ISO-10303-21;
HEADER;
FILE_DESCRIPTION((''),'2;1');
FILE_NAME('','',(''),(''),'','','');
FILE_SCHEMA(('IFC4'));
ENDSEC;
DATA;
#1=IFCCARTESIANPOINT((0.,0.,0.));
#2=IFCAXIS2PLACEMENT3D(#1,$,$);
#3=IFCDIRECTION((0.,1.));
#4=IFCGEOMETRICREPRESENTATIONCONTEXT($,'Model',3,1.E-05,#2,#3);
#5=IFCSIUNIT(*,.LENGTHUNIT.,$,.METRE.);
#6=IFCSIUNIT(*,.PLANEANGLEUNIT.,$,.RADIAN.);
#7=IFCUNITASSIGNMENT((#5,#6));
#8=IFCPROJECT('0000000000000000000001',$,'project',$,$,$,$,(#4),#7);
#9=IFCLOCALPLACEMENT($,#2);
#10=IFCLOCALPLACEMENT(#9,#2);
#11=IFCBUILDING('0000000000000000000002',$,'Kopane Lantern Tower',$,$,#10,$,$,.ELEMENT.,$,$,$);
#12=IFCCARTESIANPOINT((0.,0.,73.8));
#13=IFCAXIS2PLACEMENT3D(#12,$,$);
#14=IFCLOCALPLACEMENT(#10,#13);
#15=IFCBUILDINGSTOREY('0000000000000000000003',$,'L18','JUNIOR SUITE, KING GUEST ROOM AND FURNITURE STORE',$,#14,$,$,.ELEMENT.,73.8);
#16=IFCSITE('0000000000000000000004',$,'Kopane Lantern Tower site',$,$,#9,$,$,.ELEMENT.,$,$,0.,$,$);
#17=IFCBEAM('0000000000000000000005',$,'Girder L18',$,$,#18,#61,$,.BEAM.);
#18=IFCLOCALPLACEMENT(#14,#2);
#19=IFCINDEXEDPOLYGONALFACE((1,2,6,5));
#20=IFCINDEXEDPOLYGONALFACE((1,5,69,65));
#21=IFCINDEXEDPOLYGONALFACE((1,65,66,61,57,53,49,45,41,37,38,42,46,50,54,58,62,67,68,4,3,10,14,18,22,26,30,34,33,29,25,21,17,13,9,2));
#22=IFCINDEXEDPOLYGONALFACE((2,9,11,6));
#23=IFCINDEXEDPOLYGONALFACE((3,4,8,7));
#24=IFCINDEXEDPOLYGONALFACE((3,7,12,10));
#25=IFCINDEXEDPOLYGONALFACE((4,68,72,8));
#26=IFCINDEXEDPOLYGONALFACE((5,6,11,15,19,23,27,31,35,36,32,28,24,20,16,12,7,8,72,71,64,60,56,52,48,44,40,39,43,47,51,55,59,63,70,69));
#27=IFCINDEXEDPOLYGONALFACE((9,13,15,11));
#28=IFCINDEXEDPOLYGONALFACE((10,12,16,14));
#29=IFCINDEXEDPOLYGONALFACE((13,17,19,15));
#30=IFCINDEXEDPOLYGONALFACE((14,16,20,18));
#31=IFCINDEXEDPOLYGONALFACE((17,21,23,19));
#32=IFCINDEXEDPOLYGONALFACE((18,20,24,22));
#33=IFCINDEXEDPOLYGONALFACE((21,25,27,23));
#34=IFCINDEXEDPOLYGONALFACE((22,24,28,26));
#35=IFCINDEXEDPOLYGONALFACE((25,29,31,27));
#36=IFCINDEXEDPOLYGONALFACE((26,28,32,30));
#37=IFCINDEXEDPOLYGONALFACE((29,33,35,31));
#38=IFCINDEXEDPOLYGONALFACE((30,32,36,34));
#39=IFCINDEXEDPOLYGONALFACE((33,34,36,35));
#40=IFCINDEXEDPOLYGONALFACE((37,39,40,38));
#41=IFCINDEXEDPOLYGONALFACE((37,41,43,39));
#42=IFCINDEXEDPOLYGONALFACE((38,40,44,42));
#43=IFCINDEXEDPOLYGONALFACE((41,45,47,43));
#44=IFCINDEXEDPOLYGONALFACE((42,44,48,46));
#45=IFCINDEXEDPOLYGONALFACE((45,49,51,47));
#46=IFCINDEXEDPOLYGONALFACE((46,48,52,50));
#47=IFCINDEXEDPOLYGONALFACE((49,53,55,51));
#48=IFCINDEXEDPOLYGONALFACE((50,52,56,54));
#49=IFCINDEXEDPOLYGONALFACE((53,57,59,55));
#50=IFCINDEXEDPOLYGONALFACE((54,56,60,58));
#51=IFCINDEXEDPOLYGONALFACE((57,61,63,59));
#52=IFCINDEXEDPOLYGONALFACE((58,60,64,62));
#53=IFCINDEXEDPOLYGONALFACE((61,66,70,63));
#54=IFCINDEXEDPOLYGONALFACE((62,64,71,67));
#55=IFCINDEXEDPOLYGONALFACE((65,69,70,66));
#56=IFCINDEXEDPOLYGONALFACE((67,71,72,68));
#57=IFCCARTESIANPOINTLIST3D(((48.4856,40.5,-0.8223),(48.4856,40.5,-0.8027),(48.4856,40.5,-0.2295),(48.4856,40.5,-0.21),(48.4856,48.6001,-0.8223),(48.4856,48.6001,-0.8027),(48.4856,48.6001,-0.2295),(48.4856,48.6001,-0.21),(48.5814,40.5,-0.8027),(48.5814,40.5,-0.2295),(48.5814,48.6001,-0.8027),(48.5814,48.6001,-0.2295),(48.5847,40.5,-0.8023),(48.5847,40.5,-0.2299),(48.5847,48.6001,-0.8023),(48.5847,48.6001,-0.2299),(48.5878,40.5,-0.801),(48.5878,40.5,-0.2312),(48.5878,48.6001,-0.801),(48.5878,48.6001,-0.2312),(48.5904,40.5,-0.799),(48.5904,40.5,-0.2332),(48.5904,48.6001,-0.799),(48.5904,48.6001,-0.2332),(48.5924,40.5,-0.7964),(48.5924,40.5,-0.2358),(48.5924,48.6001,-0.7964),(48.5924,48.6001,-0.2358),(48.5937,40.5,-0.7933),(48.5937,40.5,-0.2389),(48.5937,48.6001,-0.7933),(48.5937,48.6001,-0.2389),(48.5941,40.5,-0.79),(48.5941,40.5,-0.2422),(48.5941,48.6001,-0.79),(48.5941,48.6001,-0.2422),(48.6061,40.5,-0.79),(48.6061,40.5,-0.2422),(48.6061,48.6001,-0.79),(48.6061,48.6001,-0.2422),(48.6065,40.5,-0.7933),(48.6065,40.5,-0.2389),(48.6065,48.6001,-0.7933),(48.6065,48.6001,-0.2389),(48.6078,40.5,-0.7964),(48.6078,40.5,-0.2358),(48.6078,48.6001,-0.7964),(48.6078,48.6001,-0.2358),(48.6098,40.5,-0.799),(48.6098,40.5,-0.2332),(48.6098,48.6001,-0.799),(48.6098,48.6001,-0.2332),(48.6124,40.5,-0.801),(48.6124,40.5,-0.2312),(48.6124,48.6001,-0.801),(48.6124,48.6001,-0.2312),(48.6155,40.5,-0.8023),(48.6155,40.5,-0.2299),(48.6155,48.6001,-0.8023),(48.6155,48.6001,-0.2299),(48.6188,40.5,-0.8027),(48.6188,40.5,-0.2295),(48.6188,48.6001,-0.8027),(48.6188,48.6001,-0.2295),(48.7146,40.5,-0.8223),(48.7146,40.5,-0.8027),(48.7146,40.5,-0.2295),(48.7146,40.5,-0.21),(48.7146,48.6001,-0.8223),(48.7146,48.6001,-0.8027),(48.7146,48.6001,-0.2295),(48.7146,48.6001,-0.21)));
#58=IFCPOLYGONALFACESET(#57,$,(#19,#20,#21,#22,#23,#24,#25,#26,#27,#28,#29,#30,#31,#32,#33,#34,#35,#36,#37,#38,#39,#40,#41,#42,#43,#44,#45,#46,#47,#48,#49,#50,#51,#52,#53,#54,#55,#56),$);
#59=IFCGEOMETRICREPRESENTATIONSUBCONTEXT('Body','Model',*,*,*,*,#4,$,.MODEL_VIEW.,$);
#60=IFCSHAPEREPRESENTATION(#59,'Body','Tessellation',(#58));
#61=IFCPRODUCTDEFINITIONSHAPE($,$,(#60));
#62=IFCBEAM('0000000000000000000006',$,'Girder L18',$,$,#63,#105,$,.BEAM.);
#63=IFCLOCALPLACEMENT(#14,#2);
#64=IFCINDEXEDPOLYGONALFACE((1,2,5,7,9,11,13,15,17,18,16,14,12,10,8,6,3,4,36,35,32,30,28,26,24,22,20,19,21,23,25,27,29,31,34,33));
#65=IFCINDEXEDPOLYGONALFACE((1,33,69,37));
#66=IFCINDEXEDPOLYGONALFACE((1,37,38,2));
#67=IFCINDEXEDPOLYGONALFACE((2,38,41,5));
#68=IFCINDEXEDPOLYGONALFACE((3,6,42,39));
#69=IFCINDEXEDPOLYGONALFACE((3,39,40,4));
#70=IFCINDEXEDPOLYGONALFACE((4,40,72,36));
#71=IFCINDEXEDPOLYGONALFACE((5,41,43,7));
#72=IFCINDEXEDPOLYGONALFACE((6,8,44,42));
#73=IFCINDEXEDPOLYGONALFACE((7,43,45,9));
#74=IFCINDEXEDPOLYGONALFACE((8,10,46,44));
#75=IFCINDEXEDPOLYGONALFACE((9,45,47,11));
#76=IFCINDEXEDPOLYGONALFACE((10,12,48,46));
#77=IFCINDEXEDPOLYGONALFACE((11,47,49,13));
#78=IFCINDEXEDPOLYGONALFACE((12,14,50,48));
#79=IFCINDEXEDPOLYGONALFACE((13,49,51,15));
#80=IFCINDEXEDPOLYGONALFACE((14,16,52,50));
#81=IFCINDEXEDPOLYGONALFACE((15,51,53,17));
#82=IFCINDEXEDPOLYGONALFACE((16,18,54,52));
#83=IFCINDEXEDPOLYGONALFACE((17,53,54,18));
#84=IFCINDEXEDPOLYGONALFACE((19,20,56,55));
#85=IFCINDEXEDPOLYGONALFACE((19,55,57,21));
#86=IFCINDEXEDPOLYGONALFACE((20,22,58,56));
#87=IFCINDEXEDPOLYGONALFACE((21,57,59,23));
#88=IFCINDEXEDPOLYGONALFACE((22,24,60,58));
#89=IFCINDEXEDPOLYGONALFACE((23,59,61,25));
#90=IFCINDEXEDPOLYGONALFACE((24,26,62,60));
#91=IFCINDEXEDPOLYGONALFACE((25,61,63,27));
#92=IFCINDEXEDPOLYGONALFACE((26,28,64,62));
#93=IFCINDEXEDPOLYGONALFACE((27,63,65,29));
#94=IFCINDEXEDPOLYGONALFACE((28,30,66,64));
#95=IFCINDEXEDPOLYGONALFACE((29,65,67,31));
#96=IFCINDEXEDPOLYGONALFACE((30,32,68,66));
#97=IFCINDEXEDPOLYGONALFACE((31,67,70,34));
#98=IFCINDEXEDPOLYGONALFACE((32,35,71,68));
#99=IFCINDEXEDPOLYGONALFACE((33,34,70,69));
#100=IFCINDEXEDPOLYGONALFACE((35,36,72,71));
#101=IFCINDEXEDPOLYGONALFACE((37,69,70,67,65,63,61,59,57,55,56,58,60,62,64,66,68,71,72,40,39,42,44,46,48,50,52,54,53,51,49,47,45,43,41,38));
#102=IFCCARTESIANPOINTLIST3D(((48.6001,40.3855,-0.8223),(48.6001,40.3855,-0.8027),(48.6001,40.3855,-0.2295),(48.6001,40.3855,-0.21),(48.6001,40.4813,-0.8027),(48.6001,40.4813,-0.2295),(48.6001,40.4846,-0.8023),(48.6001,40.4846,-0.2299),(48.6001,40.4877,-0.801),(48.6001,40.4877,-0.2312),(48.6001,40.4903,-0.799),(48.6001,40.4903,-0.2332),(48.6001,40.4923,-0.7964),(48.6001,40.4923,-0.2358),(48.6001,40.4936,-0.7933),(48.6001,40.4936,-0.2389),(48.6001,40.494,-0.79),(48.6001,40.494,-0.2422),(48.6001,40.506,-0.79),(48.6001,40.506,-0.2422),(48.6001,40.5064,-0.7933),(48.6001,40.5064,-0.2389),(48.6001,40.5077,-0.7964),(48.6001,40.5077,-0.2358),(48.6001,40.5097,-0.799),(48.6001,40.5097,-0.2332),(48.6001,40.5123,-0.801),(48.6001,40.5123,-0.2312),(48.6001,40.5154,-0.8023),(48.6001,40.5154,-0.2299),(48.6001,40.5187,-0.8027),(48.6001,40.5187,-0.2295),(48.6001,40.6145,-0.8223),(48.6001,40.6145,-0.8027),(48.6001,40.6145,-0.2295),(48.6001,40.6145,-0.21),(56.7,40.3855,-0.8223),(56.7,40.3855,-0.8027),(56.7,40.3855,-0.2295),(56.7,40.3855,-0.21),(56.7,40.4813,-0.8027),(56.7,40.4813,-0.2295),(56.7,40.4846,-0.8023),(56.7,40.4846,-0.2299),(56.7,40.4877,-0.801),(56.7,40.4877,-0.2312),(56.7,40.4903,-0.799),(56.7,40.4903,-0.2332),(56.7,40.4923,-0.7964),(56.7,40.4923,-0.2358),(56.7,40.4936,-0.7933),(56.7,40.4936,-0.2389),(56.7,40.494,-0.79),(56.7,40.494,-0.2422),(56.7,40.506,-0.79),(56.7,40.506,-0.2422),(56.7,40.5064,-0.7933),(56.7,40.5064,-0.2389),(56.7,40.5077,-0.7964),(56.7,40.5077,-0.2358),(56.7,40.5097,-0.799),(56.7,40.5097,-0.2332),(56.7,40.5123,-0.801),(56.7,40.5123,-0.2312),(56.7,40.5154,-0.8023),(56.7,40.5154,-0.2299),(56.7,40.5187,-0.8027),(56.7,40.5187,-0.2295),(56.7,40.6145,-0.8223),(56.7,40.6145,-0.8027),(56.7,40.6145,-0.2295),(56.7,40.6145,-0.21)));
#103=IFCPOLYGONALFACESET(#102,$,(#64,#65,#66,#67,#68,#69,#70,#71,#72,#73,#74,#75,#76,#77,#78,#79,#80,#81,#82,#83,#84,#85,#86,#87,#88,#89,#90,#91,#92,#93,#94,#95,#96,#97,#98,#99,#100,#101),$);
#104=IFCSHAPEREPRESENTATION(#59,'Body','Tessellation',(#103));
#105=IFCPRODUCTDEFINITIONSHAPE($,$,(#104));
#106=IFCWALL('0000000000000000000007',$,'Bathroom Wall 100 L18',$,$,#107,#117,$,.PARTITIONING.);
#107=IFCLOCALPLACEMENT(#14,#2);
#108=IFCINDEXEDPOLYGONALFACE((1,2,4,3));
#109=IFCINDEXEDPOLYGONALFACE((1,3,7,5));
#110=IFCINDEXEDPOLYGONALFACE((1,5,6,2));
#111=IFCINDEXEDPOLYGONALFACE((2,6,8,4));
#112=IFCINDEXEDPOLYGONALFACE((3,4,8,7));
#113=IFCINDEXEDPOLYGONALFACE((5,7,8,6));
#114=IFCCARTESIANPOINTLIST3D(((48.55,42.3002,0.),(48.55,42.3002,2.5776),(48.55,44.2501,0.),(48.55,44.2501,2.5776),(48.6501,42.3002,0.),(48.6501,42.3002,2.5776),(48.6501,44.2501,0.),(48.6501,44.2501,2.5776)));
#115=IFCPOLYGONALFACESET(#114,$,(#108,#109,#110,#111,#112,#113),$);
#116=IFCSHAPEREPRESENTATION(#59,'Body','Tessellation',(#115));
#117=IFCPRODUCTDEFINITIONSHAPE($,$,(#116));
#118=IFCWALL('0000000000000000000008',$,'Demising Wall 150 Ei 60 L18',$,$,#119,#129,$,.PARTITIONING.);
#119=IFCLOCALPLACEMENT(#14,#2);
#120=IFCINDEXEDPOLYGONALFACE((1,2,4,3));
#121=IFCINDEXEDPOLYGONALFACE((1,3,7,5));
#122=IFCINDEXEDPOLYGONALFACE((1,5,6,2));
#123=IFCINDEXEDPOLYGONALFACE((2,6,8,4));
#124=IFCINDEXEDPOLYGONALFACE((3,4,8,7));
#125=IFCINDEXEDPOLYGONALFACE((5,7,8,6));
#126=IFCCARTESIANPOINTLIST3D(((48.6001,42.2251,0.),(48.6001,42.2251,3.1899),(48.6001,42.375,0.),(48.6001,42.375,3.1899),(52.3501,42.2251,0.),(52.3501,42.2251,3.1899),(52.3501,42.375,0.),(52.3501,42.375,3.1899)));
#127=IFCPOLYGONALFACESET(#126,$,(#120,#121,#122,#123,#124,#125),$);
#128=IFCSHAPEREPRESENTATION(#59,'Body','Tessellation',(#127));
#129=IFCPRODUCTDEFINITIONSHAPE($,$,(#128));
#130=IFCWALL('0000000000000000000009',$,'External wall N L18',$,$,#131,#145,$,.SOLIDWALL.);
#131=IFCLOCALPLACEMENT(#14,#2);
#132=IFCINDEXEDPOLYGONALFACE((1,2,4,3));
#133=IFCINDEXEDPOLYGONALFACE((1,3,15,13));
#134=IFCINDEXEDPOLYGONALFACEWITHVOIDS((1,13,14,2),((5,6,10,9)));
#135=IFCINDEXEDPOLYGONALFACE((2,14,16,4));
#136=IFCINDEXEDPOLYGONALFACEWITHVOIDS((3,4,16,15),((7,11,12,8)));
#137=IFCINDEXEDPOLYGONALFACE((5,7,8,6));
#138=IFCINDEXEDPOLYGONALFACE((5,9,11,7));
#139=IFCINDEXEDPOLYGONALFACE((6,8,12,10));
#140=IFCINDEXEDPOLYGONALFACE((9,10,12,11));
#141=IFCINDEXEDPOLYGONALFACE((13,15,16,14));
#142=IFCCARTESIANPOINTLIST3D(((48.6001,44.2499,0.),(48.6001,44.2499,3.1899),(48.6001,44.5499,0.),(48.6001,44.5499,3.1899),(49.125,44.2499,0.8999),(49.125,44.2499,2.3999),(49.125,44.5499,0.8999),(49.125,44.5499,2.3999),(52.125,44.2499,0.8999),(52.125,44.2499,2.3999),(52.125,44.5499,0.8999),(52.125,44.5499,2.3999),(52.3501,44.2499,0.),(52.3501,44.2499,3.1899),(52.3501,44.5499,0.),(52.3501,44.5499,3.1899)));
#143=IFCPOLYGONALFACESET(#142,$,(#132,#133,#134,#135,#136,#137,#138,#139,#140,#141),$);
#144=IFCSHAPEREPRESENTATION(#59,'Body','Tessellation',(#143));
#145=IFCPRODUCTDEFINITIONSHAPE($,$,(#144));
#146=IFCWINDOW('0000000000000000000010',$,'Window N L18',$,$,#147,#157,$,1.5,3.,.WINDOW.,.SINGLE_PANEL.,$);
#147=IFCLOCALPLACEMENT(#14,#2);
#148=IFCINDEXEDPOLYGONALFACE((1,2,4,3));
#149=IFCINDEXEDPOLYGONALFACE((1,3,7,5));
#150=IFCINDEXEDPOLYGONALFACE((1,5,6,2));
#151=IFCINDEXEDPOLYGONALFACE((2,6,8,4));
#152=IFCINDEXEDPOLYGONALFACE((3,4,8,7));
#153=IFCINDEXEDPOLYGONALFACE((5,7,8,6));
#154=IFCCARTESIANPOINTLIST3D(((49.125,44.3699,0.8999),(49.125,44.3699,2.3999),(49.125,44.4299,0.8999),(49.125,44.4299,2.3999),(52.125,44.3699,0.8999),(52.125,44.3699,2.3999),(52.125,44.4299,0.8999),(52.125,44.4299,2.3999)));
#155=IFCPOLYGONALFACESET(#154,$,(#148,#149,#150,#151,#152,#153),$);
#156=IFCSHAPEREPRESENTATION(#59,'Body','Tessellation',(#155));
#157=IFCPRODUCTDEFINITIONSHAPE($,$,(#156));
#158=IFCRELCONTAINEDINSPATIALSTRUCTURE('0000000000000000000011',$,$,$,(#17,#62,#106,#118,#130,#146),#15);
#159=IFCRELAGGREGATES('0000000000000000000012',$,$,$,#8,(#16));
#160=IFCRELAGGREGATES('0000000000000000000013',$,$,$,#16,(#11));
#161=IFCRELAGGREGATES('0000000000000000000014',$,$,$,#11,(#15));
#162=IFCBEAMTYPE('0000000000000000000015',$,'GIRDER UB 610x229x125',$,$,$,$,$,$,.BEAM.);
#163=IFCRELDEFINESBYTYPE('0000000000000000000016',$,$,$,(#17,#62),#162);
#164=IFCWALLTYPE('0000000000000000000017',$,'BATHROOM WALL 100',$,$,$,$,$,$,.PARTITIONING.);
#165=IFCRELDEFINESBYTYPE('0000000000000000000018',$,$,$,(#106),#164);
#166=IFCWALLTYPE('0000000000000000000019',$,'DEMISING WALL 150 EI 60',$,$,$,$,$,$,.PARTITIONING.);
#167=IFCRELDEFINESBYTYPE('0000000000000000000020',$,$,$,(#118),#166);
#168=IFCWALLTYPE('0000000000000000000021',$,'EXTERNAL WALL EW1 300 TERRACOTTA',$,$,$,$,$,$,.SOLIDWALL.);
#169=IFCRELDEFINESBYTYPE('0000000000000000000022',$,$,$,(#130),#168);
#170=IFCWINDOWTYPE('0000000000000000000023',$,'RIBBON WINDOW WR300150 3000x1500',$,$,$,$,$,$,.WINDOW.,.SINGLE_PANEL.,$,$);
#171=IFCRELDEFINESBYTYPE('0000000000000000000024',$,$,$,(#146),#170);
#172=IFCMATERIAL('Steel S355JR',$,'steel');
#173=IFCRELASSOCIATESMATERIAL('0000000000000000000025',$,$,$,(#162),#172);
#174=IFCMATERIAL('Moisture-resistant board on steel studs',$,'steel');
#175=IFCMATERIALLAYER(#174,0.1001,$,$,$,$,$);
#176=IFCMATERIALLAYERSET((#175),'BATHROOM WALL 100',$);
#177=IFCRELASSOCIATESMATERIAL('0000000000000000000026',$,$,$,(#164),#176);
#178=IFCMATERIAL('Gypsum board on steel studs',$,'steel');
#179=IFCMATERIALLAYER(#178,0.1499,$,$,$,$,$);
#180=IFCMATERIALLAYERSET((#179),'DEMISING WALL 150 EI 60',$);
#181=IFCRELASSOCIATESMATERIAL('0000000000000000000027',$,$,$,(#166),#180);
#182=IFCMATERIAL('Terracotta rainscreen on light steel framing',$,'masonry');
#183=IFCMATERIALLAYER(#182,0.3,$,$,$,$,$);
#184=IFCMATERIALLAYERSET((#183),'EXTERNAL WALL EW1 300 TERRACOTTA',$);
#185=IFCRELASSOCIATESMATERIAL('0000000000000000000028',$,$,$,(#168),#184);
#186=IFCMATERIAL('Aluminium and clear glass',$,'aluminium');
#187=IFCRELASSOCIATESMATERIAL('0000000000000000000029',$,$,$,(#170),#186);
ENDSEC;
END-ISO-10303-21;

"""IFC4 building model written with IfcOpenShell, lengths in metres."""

from ifc_helpers import new_model, si_unit, direction, frame, frame_2d, origin, origin_2d, place, context, subcontext, project, spatial, rectangle, i_section, extrude, material, layer, layer_set, material_profile, profile_set, type_object, element, fill, save


model = new_model("IFC4")

# Units and contexts
model_context = context("Model", 3, precision=1e-05, world=origin(), true_north=direction((0.0, 1.0)))
body_context = subcontext(model_context, "Body", "Model", "MODEL_VIEW")
ifc_project = project(units=[si_unit("LENGTHUNIT", "METRE"), si_unit("PLANEANGLEUNIT", "RADIAN")], contexts=[model_context])

# Site, building, storey
site_placement = place(None, origin())
site = spatial("IfcSite", under=ifc_project, at=site_placement, Name="Kopane Lantern Tower site", CompositionType="ELEMENT", RefElevation=0.0)
building_placement = place(site_placement, origin())
building = spatial("IfcBuilding", under=site, at=building_placement, Name="Kopane Lantern Tower", CompositionType="ELEMENT")
storey_placement = place(building_placement, frame((0.0, 0.0, 73.8)))
storey = spatial("IfcBuildingStorey", under=building, at=storey_placement, Name="L18", Description="JUNIOR SUITE, KING GUEST ROOM AND FURNITURE STORE", CompositionType="ELEMENT", Elevation=73.8)

# Beams
ifc_material_1 = material(Name="Steel S355JR", Category="steel")
ifc_material_profile_1 = material_profile(ifc_material_1, i_section(OverallWidth=0.229, OverallDepth=0.6123, WebThickness=0.012, FlangeThickness=0.0195, FilletRadius=0.0127, at=origin_2d()), Name="UB 610x229x125")
ifc_profile_set_1 = profile_set([ifc_material_profile_1], Name="Steel S355JR")
beam_type_1 = type_object("IfcBeamType", Name="GIRDER UB 610x229x125", PredefinedType="BEAM", material=ifc_profile_set_1)
beam_1_placement = place(storey_placement, frame((48.6001, 40.5, -0.5161), z_axis=(0.0, 1.0, 0.0), x_axis=(-1.0, 0.0, 0.0)))
element("IfcBeam", 1, at=beam_1_placement, inside=storey, type_object=beam_type_1, Name="Girder L18", PredefinedType="BEAM", context=body_context, shape_type="SweptSolid", body=[
    extrude(i_section(OverallWidth=0.229, OverallDepth=0.6123, WebThickness=0.012, FlangeThickness=0.0195, FilletRadius=0.0127, at=origin_2d()), origin(), (0.0, 0.0, 1.0), 8.1001),
])
beam_2_placement = place(storey_placement, frame((48.6001, 40.5, -0.5161), z_axis=(1.0, 0.0, 0.0), x_axis=(0.0, 1.0, 0.0)))
element("IfcBeam", 2, at=beam_2_placement, inside=storey, type_object=beam_type_1, Name="Girder L18", PredefinedType="BEAM", context=body_context, shape_type="SweptSolid", body=[
    extrude(i_section(OverallWidth=0.229, OverallDepth=0.6123, WebThickness=0.012, FlangeThickness=0.0195, FilletRadius=0.0127, at=origin_2d()), origin(), (0.0, 0.0, 1.0), 8.0999),
])

# Walls
ifc_material_2 = material(Name="Moisture-resistant board on steel studs", Category="steel")
ifc_layer_1 = layer(ifc_material_2, 0.1001)
ifc_layer_set_1 = layer_set([ifc_layer_1], Name="BATHROOM WALL 100")
wall_type_1 = type_object("IfcWallType", Name="BATHROOM WALL 100", PredefinedType="PARTITIONING", material=ifc_layer_set_1)
wall_1_placement = place(storey_placement, frame((48.6001, 42.3, 0.0), z_axis=(0.0, 0.0, 1.0), x_axis=(0.0, 1.0, 0.0)))
element("IfcWall", 3, at=wall_1_placement, inside=storey, type_object=wall_type_1, Name="Bathroom Wall 100 L18", PredefinedType="PARTITIONING", context=body_context, shape_type="SweptSolid", body=[
    extrude(rectangle(XDim=1.95, YDim=0.1001, at=frame_2d((0.9751, 0.0))), origin(), (0.0, 0.0, 1.0), 2.5776),
])
ifc_material_3 = material(Name="Gypsum board on steel studs", Category="steel")
ifc_layer_2 = layer(ifc_material_3, 0.1499)
ifc_layer_set_2 = layer_set([ifc_layer_2], Name="DEMISING WALL 150 EI 60")
wall_type_2 = type_object("IfcWallType", Name="DEMISING WALL 150 EI 60", PredefinedType="PARTITIONING", material=ifc_layer_set_2)
wall_2_placement = place(storey_placement, frame((48.6001, 42.3, 0.0), z_axis=(0.0, 0.0, 1.0), x_axis=(1.0, 0.0, 0.0)))
element("IfcWall", 4, at=wall_2_placement, inside=storey, type_object=wall_type_2, Name="Demising Wall 150 Ei 60 L18", PredefinedType="PARTITIONING", context=body_context, shape_type="SweptSolid", body=[
    extrude(rectangle(XDim=3.75, YDim=0.1499, at=frame_2d((1.875, 0.0))), origin(), (0.0, 0.0, 1.0), 3.1899),
])

# Wall, opening, window
ifc_material_4 = material(Name="Terracotta rainscreen on light steel framing", Category="masonry")
ifc_layer_3 = layer(ifc_material_4, 0.3)
ifc_layer_set_3 = layer_set([ifc_layer_3], Name="EXTERNAL WALL EW1 300 TERRACOTTA")
wall_type_3 = type_object("IfcWallType", Name="EXTERNAL WALL EW1 300 TERRACOTTA", PredefinedType="SOLIDWALL", material=ifc_layer_set_3)
wall_3_placement = place(storey_placement, frame((52.3501, 44.3999, 0.0), z_axis=(0.0, 0.0, 1.0), x_axis=(-1.0, 0.0, 0.0)))
wall_3 = element("IfcWall", 5, at=wall_3_placement, inside=storey, type_object=wall_type_3, Name="External wall N L18", PredefinedType="SOLIDWALL", context=body_context, shape_type="SweptSolid", body=[
    extrude(rectangle(XDim=3.75, YDim=0.3, at=frame_2d((1.875, 0.0))), origin(), (0.0, 0.0, 1.0), 3.1899),
])
opening_placement = place(wall_3_placement, frame((0.2251, 0.0, 0.8999)))
opening = element("IfcOpeningElement", 6, at=opening_placement, cuts=wall_3, PredefinedType="OPENING", context=body_context, shape_type="SweptSolid", body=[
    extrude(rectangle(XDim=3.0, YDim=1.5, at=frame_2d((1.5, 0.75))), frame((0.0, 0.1599, 0.0), z_axis=(0.0, -1.0, 0.0), x_axis=(1.0, 0.0, 0.0)), (0.0, 0.0, 1.0), 0.3201),
])
ifc_material_5 = material(Name="Aluminium and clear glass", Category="aluminium")
window_type = type_object("IfcWindowType", Name="RIBBON WINDOW WR300150 3000x1500", PartitioningType="SINGLE_PANEL", PredefinedType="WINDOW", material=ifc_material_5)
window_placement = place(opening_placement, origin())
window = element("IfcWindow", 7, at=window_placement, inside=storey, type_object=window_type, Name="Window N L18", OverallHeight=1.5, OverallWidth=3.0, PartitioningType="SINGLE_PANEL", PredefinedType="WINDOW", context=body_context, shape_type="SweptSolid", body=[
    extrude(rectangle(XDim=3.0, YDim=1.5, at=frame_2d((1.5, 0.75))), frame((0.0, 0.03, 0.0), z_axis=(0.0, -1.0, 0.0), x_axis=(1.0, 0.0, 0.0)), (0.0, 0.0, 1.0), 0.0601),
])
fill(opening, window)

save(model, "model.ifc")
